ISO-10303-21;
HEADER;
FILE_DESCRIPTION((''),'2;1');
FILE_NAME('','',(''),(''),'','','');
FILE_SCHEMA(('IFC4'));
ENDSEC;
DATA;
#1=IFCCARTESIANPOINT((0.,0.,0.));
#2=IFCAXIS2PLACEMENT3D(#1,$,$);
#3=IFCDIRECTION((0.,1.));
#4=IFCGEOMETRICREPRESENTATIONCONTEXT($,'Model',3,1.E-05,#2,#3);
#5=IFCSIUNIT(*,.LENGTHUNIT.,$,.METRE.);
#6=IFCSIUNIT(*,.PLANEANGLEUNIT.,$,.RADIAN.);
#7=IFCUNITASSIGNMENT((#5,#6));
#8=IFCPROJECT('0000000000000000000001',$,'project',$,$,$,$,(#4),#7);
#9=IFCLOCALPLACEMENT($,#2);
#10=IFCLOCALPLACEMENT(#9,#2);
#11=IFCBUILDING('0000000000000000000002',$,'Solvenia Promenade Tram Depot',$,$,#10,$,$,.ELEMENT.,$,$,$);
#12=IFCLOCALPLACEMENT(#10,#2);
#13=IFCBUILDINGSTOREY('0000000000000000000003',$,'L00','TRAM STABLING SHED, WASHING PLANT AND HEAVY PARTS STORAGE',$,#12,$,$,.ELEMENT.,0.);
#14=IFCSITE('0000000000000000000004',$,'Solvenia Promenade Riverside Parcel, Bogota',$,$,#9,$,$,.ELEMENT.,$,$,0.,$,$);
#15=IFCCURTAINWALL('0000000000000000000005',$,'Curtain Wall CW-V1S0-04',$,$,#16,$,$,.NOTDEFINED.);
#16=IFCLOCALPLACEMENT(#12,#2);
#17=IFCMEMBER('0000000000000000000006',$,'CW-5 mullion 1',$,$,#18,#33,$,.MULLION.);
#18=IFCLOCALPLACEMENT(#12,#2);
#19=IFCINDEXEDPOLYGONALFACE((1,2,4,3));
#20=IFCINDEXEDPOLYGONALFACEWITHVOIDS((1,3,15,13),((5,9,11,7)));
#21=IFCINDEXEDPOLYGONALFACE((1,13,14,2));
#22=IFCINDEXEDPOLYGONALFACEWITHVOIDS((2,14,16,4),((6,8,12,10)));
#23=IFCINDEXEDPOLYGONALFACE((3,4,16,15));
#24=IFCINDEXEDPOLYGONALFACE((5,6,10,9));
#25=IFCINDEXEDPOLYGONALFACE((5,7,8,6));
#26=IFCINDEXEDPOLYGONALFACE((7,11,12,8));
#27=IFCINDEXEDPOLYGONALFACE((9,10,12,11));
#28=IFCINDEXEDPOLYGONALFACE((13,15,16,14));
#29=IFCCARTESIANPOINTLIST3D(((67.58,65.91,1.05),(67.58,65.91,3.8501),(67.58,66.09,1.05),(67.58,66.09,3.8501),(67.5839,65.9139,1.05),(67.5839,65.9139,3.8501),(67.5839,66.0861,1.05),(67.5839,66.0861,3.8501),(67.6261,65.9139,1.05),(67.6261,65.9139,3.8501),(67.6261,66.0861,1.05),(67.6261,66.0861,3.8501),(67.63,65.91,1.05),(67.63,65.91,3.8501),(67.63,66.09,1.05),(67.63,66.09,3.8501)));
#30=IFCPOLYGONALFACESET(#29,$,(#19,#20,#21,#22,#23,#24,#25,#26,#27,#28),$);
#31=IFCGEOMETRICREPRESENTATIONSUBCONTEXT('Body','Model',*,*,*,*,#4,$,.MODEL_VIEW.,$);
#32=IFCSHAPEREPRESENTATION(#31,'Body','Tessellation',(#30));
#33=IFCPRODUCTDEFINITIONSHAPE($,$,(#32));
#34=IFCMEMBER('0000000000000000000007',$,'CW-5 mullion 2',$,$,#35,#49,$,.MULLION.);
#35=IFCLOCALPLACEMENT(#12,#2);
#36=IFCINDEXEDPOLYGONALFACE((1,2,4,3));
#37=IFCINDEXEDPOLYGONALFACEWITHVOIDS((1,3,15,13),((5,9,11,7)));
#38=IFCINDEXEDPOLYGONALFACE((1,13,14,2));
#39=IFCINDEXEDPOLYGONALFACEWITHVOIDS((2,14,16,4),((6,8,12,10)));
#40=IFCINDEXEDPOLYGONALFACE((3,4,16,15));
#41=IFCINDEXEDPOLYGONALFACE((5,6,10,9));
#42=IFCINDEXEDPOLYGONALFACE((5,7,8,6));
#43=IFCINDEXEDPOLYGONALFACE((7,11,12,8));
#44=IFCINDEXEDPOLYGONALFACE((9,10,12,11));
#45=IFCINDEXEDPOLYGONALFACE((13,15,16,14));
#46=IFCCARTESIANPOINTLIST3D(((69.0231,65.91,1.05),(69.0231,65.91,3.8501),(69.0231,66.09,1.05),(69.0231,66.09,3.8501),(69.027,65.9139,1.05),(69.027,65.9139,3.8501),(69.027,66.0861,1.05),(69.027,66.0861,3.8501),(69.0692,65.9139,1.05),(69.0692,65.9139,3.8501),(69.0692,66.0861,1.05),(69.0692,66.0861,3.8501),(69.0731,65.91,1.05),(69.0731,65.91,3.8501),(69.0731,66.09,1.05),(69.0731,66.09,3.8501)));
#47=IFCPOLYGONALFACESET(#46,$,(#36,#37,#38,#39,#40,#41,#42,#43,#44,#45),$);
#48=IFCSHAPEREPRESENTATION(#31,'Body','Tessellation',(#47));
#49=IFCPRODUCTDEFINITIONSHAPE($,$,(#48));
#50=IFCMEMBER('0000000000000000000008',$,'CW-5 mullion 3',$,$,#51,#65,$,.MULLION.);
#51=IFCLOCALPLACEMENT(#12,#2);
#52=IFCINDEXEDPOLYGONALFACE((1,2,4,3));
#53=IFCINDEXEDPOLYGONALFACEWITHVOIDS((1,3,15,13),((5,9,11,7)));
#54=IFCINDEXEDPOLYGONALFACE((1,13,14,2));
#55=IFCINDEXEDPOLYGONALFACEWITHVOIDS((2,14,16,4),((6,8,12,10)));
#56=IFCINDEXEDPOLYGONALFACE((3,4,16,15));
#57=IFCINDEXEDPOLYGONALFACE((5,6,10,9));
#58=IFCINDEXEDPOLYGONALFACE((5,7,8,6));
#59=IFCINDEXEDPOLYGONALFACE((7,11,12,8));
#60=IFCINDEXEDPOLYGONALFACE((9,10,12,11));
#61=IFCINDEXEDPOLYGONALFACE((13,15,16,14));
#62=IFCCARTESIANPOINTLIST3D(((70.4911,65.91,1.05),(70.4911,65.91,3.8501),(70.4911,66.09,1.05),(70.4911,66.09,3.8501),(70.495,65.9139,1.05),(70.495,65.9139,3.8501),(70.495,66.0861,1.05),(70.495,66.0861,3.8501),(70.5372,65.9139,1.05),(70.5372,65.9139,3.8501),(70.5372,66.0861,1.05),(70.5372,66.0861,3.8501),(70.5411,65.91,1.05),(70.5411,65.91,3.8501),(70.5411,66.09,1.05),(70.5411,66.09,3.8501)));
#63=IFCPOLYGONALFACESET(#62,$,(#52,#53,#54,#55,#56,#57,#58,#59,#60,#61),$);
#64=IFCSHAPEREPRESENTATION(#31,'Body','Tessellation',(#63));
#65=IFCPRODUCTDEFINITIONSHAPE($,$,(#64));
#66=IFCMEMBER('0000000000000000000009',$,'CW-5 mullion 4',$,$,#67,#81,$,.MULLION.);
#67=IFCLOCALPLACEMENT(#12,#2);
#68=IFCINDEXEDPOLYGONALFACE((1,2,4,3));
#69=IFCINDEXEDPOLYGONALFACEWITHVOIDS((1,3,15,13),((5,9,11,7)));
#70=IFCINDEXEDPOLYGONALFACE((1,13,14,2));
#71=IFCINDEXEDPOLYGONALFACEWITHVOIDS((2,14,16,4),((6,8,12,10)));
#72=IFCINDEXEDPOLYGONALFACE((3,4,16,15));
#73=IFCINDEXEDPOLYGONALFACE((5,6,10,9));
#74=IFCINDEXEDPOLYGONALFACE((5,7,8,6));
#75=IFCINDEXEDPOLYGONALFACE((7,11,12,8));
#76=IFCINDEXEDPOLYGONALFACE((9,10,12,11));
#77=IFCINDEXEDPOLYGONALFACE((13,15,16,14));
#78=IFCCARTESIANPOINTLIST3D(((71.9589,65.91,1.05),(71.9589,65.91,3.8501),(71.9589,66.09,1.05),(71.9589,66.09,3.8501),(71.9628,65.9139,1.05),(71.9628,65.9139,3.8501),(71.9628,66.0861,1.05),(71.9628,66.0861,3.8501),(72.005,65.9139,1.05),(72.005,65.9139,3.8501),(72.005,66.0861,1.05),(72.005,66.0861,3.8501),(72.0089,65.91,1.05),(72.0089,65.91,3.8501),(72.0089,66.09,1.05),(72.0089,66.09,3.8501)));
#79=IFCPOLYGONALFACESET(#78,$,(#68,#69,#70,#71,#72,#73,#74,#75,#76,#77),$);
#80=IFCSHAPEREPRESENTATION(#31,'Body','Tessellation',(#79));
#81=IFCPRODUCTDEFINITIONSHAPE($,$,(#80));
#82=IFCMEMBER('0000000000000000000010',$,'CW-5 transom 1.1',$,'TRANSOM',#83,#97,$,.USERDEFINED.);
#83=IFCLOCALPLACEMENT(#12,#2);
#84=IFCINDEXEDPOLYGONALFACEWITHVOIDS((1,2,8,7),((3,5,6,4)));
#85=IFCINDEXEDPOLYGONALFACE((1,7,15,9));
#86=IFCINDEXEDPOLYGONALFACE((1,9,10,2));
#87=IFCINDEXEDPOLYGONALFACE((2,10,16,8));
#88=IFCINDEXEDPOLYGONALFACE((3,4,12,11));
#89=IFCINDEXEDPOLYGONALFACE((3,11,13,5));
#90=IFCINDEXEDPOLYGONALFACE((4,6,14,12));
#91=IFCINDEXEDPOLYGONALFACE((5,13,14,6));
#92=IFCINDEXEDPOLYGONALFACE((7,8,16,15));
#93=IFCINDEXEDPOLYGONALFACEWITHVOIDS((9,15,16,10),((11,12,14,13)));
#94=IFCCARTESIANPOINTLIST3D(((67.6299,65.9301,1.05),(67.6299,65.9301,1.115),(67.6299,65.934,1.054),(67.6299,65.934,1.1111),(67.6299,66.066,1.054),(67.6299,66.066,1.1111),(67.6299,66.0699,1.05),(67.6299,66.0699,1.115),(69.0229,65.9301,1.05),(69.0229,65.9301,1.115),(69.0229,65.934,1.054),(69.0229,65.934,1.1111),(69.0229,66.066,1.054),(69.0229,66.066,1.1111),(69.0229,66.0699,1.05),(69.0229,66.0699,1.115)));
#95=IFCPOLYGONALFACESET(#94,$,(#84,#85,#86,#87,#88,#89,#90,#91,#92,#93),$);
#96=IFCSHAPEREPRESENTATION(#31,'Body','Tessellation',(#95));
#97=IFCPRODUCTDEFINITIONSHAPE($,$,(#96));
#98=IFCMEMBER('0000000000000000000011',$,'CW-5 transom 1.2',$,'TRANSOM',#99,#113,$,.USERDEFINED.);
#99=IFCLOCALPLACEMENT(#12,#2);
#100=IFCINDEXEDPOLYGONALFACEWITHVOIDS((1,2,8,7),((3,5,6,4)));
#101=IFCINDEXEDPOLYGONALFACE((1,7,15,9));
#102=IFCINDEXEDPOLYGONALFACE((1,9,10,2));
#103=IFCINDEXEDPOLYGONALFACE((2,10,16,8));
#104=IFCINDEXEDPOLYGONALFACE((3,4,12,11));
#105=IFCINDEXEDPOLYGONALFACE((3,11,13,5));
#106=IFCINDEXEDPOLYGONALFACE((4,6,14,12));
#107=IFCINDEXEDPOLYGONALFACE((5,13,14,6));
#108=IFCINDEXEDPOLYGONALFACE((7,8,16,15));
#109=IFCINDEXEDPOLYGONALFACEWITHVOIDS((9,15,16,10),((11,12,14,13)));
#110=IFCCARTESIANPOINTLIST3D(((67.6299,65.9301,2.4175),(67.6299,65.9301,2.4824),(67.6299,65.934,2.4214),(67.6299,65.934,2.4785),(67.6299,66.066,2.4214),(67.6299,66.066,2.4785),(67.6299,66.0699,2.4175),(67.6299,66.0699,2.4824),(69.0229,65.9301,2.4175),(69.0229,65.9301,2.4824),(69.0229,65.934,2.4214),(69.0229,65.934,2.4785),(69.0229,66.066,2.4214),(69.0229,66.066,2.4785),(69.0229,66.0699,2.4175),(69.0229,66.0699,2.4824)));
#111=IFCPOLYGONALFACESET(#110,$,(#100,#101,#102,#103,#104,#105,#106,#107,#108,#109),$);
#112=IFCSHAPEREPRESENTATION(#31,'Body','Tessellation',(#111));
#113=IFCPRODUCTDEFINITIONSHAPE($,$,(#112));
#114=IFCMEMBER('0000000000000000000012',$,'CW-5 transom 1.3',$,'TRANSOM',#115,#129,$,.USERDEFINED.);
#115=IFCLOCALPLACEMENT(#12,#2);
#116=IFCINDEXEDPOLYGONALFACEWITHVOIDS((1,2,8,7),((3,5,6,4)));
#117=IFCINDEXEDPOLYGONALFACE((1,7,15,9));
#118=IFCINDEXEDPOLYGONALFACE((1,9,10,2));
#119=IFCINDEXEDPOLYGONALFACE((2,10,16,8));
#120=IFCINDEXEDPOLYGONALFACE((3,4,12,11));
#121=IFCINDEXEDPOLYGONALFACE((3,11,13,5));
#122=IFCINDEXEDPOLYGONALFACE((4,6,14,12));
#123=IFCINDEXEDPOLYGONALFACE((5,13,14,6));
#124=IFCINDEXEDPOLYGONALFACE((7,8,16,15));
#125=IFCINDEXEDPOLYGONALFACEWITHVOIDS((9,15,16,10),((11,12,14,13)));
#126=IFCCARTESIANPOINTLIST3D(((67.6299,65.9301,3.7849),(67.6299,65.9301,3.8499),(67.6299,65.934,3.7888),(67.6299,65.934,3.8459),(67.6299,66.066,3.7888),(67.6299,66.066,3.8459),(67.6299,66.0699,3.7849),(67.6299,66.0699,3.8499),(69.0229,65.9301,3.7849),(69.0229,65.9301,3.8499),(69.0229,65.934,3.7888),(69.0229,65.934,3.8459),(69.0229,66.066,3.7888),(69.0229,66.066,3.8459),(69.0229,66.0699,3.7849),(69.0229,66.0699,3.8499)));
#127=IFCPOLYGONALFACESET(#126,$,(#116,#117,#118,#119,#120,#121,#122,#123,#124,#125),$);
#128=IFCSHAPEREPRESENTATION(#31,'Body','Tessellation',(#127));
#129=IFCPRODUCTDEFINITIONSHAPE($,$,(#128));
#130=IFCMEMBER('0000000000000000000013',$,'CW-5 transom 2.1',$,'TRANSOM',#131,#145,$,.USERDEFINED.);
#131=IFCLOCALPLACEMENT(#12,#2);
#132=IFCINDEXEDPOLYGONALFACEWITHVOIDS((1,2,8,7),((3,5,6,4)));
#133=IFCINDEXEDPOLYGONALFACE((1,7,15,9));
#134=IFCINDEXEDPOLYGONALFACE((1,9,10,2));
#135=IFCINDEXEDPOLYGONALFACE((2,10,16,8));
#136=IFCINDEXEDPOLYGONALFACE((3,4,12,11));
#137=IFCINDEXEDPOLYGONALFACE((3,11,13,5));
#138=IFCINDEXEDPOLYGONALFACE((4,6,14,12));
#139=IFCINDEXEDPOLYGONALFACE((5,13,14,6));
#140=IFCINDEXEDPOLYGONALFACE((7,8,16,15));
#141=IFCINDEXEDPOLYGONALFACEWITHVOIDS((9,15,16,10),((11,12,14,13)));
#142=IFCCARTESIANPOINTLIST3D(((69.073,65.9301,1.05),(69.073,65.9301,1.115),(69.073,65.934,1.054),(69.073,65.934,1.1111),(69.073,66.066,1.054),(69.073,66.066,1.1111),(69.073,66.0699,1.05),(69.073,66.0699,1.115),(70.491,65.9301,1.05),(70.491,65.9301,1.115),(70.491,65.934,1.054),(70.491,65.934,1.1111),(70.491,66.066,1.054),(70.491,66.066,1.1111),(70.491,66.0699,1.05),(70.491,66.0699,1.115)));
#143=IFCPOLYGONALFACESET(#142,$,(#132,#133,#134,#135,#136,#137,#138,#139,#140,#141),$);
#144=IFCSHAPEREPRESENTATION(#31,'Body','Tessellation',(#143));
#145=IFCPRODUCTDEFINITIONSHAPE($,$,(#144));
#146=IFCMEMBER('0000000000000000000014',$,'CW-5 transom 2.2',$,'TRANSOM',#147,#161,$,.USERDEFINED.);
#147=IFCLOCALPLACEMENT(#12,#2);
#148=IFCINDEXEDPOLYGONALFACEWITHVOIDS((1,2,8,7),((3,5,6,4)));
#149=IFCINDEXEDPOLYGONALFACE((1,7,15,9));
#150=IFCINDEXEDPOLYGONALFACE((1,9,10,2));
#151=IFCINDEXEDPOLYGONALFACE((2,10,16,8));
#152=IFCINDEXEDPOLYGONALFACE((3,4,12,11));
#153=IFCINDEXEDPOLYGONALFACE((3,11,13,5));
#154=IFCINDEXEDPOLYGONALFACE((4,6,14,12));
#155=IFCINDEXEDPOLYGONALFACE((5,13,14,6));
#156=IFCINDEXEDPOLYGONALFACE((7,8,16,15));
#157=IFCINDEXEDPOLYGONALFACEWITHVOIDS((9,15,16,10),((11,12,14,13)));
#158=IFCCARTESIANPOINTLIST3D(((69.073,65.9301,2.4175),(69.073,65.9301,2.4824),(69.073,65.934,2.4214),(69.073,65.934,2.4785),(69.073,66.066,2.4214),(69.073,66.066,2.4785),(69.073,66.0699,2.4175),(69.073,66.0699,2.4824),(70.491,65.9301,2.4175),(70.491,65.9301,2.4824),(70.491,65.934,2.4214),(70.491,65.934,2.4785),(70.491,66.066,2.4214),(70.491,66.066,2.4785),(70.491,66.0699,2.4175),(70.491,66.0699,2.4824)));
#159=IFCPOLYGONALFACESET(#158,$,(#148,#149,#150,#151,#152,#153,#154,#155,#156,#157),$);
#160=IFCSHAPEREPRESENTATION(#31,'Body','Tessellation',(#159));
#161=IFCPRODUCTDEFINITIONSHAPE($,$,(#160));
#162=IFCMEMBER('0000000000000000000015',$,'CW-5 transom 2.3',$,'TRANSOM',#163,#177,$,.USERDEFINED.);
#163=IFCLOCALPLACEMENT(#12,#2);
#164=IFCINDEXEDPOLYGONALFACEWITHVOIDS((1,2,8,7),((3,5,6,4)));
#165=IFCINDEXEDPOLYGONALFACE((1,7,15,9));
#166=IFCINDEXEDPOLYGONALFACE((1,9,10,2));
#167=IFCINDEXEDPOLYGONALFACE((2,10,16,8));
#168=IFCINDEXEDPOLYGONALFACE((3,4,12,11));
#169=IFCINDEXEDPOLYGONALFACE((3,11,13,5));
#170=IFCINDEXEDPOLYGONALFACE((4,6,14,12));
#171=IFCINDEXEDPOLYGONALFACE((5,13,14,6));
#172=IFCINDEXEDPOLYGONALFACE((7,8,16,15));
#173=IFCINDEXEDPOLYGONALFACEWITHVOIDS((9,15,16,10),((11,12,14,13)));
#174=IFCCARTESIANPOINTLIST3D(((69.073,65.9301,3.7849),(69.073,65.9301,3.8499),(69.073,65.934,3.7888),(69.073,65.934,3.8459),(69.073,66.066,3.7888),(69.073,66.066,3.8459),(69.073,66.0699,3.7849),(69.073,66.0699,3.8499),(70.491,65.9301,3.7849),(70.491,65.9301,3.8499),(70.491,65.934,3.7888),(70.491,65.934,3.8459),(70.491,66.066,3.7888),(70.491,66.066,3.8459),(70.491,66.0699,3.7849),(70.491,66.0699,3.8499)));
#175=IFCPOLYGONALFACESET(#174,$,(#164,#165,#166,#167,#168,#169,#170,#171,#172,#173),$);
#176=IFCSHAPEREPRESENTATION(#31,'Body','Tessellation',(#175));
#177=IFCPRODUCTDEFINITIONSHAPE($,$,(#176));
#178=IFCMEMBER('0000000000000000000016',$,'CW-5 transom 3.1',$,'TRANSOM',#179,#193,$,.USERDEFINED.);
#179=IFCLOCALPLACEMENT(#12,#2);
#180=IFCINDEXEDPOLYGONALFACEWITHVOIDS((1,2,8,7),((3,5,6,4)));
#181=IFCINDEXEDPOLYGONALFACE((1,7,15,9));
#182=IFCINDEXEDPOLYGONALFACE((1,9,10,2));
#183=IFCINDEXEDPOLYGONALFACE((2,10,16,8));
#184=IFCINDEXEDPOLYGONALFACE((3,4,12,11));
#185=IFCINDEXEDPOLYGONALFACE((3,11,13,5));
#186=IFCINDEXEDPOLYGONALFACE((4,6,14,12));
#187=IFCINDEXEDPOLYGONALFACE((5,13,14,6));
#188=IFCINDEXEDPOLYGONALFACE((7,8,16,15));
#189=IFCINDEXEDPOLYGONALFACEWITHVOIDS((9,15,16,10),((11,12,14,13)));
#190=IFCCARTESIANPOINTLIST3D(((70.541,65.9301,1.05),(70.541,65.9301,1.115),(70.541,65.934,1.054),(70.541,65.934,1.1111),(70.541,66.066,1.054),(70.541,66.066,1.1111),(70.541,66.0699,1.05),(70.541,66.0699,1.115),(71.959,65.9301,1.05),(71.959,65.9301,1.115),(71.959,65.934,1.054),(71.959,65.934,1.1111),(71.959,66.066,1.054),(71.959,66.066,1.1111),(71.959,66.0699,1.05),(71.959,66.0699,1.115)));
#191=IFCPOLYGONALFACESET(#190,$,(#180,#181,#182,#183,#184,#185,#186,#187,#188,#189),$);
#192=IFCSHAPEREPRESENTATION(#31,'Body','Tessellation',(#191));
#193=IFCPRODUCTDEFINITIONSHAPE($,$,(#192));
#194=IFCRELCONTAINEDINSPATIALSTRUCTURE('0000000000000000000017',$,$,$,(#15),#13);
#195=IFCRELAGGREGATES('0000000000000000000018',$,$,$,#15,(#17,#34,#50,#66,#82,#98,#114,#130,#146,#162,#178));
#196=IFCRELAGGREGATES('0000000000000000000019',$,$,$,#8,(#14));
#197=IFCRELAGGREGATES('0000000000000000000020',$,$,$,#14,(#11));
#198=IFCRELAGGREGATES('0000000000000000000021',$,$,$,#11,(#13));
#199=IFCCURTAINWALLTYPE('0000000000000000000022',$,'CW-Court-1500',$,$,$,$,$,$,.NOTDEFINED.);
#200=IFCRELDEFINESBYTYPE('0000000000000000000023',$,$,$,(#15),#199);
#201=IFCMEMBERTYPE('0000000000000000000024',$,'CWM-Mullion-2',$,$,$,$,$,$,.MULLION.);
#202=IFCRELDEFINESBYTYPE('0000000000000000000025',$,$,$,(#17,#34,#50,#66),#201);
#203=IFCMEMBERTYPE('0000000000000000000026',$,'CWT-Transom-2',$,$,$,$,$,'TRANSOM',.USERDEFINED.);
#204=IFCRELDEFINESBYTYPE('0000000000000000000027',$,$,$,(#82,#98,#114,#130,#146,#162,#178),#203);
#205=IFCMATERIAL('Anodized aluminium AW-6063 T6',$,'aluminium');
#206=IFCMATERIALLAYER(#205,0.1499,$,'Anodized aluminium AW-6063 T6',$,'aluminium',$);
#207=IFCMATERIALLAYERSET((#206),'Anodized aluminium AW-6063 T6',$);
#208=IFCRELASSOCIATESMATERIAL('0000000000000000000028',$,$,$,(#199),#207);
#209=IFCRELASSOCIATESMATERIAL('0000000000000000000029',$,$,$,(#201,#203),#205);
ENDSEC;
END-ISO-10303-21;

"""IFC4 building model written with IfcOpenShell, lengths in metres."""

from ifc_helpers import new_model, si_unit, direction, frame, origin, origin_2d, place, context, subcontext, project, spatial, hollow_rectangle, extrude, material, layer, layer_set, material_profile, profile_set, type_object, element, aggregate, save


model = new_model("IFC4")

# Units and contexts
model_context = context("Model", 3, precision=1e-05, world=origin(), true_north=direction((0.0, 1.0)))
body_context = subcontext(model_context, "Body", "Model", "MODEL_VIEW")
ifc_project = project(units=[si_unit("LENGTHUNIT", "METRE"), si_unit("PLANEANGLEUNIT", "RADIAN")], contexts=[model_context])

# Site, building, storey
site_placement = place(None, origin())
site = spatial("IfcSite", under=ifc_project, at=site_placement, Name="Solvenia Promenade Riverside Parcel, Bogota", CompositionType="ELEMENT", RefElevation=0.0)
building_placement = place(site_placement, origin())
building = spatial("IfcBuilding", under=site, at=building_placement, Name="Solvenia Promenade Tram Depot", CompositionType="ELEMENT")
storey_placement = place(building_placement, origin())
storey = spatial("IfcBuildingStorey", under=building, at=storey_placement, Name="L00", Description="TRAM STABLING SHED, WASHING PLANT AND HEAVY PARTS STORAGE", CompositionType="ELEMENT", Elevation=0.0)

# Shared definitions
ifc_material_1 = material(Name="Anodized aluminium AW-6063 T6", Category="aluminium")
ifc_layer_1 = layer(ifc_material_1, 0.1499, Name="Anodized aluminium AW-6063 T6", Category="aluminium")
ifc_layer_set_1 = layer_set([ifc_layer_1], Name="Anodized aluminium AW-6063 T6")
curtain_wall_type = type_object("IfcCurtainWallType", Name="CW-Court-1500", PredefinedType="NOTDEFINED", material=ifc_layer_set_1)
ifc_material_profile_1 = material_profile(ifc_material_1, hollow_rectangle(XDim=0.1799, YDim=0.05, WallThickness=0.0039, at=origin_2d()), Name="ALU-M2", Category="aluminium")
ifc_profile_set_1 = profile_set([ifc_material_profile_1], Name="Anodized aluminium AW-6063 T6")
member_type_1 = type_object("IfcMemberType", Name="CWM-Mullion-2", PredefinedType="MULLION", material=ifc_profile_set_1)

# Curtain wall, members
curtain_wall_1_placement = place(storey_placement, origin())
curtain_wall_1 = element("IfcCurtainWall", 1, at=curtain_wall_1_placement, inside=storey, type_object=curtain_wall_type, Name="Curtain Wall CW-V1S0-04", PredefinedType="NOTDEFINED")
member_1_placement = place(storey_placement, frame((67.605, 66.0, 1.05), z_axis=(0.0, 0.0, 1.0), x_axis=(0.0, 1.0, 0.0)))
member_1 = element("IfcMember", 2, at=member_1_placement, type_object=member_type_1, Name="CW-5 mullion 1", PredefinedType="MULLION", context=body_context, shape_type="SweptSolid", body=[
    extrude(hollow_rectangle(XDim=0.1799, YDim=0.05, WallThickness=0.0039, at=origin_2d()), origin(), (0.0, 0.0, 1.0), 2.8),
])
member_2_placement = place(storey_placement, frame((69.0481, 66.0, 1.05), z_axis=(0.0, 0.0, 1.0), x_axis=(0.0, 1.0, 0.0)))
member_2 = element("IfcMember", 3, at=member_2_placement, type_object=member_type_1, Name="CW-5 mullion 2", PredefinedType="MULLION", context=body_context, shape_type="SweptSolid", body=[
    extrude(hollow_rectangle(XDim=0.1799, YDim=0.05, WallThickness=0.0039, at=origin_2d()), origin(), (0.0, 0.0, 1.0), 2.8),
])
member_3_placement = place(storey_placement, frame((70.5161, 66.0, 1.05), z_axis=(0.0, 0.0, 1.0), x_axis=(0.0, 1.0, 0.0)))
member_3 = element("IfcMember", 4, at=member_3_placement, type_object=member_type_1, Name="CW-5 mullion 3", PredefinedType="MULLION", context=body_context, shape_type="SweptSolid", body=[
    extrude(hollow_rectangle(XDim=0.1799, YDim=0.05, WallThickness=0.0039, at=origin_2d()), origin(), (0.0, 0.0, 1.0), 2.8),
])
member_4_placement = place(storey_placement, frame((71.9839, 66.0, 1.05), z_axis=(0.0, 0.0, 1.0), x_axis=(0.0, 1.0, 0.0)))
member_4 = element("IfcMember", 5, at=member_4_placement, type_object=member_type_1, Name="CW-5 mullion 4", PredefinedType="MULLION", context=body_context, shape_type="SweptSolid", body=[
    extrude(hollow_rectangle(XDim=0.1799, YDim=0.05, WallThickness=0.0039, at=origin_2d()), origin(), (0.0, 0.0, 1.0), 2.8),
])
ifc_material_profile_2 = material_profile(ifc_material_1, hollow_rectangle(XDim=0.1399, YDim=0.0649, WallThickness=0.0039, at=origin_2d()), Name="ALU-T2", Category="aluminium")
ifc_profile_set_2 = profile_set([ifc_material_profile_2], Name="Anodized aluminium AW-6063 T6")
member_type_2 = type_object("IfcMemberType", Name="CWT-Transom-2", ElementType="TRANSOM", PredefinedType="USERDEFINED", material=ifc_profile_set_2)
member_5_placement = place(storey_placement, frame((67.6299, 66.0, 1.0825), z_axis=(1.0, 0.0, 0.0), x_axis=(0.0, 1.0, 0.0)))
member_5 = element("IfcMember", 6, at=member_5_placement, type_object=member_type_2, Name="CW-5 transom 1.1", ObjectType="TRANSOM", PredefinedType="USERDEFINED", context=body_context, shape_type="SweptSolid", body=[
    extrude(hollow_rectangle(XDim=0.1399, YDim=0.0649, WallThickness=0.0039, at=origin_2d()), origin(), (0.0, 0.0, 1.0), 1.3931),
])
member_6_placement = place(storey_placement, frame((67.6299, 66.0, 2.45), z_axis=(1.0, 0.0, 0.0), x_axis=(0.0, 1.0, 0.0)))
member_6 = element("IfcMember", 7, at=member_6_placement, type_object=member_type_2, Name="CW-5 transom 1.2", ObjectType="TRANSOM", PredefinedType="USERDEFINED", context=body_context, shape_type="SweptSolid", body=[
    extrude(hollow_rectangle(XDim=0.1399, YDim=0.0649, WallThickness=0.0039, at=origin_2d()), origin(), (0.0, 0.0, 1.0), 1.3931),
])
member_7_placement = place(storey_placement, frame((67.6299, 66.0, 3.8174), z_axis=(1.0, 0.0, 0.0), x_axis=(0.0, 1.0, 0.0)))
member_7 = element("IfcMember", 8, at=member_7_placement, type_object=member_type_2, Name="CW-5 transom 1.3", ObjectType="TRANSOM", PredefinedType="USERDEFINED", context=body_context, shape_type="SweptSolid", body=[
    extrude(hollow_rectangle(XDim=0.1399, YDim=0.0649, WallThickness=0.0039, at=origin_2d()), origin(), (0.0, 0.0, 1.0), 1.3931),
])
member_8_placement = place(storey_placement, frame((69.073, 66.0, 1.0825), z_axis=(1.0, 0.0, 0.0), x_axis=(0.0, 1.0, 0.0)))
member_8 = element("IfcMember", 9, at=member_8_placement, type_object=member_type_2, Name="CW-5 transom 2.1", ObjectType="TRANSOM", PredefinedType="USERDEFINED", context=body_context, shape_type="SweptSolid", body=[
    extrude(hollow_rectangle(XDim=0.1399, YDim=0.0649, WallThickness=0.0039, at=origin_2d()), origin(), (0.0, 0.0, 1.0), 1.418),
])
member_9_placement = place(storey_placement, frame((69.073, 66.0, 2.45), z_axis=(1.0, 0.0, 0.0), x_axis=(0.0, 1.0, 0.0)))
member_9 = element("IfcMember", 10, at=member_9_placement, type_object=member_type_2, Name="CW-5 transom 2.2", ObjectType="TRANSOM", PredefinedType="USERDEFINED", context=body_context, shape_type="SweptSolid", body=[
    extrude(hollow_rectangle(XDim=0.1399, YDim=0.0649, WallThickness=0.0039, at=origin_2d()), origin(), (0.0, 0.0, 1.0), 1.418),
])
member_10_placement = place(storey_placement, frame((69.073, 66.0, 3.8174), z_axis=(1.0, 0.0, 0.0), x_axis=(0.0, 1.0, 0.0)))
member_10 = element("IfcMember", 11, at=member_10_placement, type_object=member_type_2, Name="CW-5 transom 2.3", ObjectType="TRANSOM", PredefinedType="USERDEFINED", context=body_context, shape_type="SweptSolid", body=[
    extrude(hollow_rectangle(XDim=0.1399, YDim=0.0649, WallThickness=0.0039, at=origin_2d()), origin(), (0.0, 0.0, 1.0), 1.418),
])
member_11_placement = place(storey_placement, frame((70.541, 66.0, 1.0825), z_axis=(1.0, 0.0, 0.0), x_axis=(0.0, 1.0, 0.0)))
member_11 = element("IfcMember", 12, at=member_11_placement, type_object=member_type_2, Name="CW-5 transom 3.1", ObjectType="TRANSOM", PredefinedType="USERDEFINED", context=body_context, shape_type="SweptSolid", body=[
    extrude(hollow_rectangle(XDim=0.1399, YDim=0.0649, WallThickness=0.0039, at=origin_2d()), origin(), (0.0, 0.0, 1.0), 1.418),
])

aggregate(curtain_wall_1, [member_1, member_2, member_3, member_4, member_5, member_6, member_7, member_8, member_9, member_10, member_11])

save(model, "model.ifc")
